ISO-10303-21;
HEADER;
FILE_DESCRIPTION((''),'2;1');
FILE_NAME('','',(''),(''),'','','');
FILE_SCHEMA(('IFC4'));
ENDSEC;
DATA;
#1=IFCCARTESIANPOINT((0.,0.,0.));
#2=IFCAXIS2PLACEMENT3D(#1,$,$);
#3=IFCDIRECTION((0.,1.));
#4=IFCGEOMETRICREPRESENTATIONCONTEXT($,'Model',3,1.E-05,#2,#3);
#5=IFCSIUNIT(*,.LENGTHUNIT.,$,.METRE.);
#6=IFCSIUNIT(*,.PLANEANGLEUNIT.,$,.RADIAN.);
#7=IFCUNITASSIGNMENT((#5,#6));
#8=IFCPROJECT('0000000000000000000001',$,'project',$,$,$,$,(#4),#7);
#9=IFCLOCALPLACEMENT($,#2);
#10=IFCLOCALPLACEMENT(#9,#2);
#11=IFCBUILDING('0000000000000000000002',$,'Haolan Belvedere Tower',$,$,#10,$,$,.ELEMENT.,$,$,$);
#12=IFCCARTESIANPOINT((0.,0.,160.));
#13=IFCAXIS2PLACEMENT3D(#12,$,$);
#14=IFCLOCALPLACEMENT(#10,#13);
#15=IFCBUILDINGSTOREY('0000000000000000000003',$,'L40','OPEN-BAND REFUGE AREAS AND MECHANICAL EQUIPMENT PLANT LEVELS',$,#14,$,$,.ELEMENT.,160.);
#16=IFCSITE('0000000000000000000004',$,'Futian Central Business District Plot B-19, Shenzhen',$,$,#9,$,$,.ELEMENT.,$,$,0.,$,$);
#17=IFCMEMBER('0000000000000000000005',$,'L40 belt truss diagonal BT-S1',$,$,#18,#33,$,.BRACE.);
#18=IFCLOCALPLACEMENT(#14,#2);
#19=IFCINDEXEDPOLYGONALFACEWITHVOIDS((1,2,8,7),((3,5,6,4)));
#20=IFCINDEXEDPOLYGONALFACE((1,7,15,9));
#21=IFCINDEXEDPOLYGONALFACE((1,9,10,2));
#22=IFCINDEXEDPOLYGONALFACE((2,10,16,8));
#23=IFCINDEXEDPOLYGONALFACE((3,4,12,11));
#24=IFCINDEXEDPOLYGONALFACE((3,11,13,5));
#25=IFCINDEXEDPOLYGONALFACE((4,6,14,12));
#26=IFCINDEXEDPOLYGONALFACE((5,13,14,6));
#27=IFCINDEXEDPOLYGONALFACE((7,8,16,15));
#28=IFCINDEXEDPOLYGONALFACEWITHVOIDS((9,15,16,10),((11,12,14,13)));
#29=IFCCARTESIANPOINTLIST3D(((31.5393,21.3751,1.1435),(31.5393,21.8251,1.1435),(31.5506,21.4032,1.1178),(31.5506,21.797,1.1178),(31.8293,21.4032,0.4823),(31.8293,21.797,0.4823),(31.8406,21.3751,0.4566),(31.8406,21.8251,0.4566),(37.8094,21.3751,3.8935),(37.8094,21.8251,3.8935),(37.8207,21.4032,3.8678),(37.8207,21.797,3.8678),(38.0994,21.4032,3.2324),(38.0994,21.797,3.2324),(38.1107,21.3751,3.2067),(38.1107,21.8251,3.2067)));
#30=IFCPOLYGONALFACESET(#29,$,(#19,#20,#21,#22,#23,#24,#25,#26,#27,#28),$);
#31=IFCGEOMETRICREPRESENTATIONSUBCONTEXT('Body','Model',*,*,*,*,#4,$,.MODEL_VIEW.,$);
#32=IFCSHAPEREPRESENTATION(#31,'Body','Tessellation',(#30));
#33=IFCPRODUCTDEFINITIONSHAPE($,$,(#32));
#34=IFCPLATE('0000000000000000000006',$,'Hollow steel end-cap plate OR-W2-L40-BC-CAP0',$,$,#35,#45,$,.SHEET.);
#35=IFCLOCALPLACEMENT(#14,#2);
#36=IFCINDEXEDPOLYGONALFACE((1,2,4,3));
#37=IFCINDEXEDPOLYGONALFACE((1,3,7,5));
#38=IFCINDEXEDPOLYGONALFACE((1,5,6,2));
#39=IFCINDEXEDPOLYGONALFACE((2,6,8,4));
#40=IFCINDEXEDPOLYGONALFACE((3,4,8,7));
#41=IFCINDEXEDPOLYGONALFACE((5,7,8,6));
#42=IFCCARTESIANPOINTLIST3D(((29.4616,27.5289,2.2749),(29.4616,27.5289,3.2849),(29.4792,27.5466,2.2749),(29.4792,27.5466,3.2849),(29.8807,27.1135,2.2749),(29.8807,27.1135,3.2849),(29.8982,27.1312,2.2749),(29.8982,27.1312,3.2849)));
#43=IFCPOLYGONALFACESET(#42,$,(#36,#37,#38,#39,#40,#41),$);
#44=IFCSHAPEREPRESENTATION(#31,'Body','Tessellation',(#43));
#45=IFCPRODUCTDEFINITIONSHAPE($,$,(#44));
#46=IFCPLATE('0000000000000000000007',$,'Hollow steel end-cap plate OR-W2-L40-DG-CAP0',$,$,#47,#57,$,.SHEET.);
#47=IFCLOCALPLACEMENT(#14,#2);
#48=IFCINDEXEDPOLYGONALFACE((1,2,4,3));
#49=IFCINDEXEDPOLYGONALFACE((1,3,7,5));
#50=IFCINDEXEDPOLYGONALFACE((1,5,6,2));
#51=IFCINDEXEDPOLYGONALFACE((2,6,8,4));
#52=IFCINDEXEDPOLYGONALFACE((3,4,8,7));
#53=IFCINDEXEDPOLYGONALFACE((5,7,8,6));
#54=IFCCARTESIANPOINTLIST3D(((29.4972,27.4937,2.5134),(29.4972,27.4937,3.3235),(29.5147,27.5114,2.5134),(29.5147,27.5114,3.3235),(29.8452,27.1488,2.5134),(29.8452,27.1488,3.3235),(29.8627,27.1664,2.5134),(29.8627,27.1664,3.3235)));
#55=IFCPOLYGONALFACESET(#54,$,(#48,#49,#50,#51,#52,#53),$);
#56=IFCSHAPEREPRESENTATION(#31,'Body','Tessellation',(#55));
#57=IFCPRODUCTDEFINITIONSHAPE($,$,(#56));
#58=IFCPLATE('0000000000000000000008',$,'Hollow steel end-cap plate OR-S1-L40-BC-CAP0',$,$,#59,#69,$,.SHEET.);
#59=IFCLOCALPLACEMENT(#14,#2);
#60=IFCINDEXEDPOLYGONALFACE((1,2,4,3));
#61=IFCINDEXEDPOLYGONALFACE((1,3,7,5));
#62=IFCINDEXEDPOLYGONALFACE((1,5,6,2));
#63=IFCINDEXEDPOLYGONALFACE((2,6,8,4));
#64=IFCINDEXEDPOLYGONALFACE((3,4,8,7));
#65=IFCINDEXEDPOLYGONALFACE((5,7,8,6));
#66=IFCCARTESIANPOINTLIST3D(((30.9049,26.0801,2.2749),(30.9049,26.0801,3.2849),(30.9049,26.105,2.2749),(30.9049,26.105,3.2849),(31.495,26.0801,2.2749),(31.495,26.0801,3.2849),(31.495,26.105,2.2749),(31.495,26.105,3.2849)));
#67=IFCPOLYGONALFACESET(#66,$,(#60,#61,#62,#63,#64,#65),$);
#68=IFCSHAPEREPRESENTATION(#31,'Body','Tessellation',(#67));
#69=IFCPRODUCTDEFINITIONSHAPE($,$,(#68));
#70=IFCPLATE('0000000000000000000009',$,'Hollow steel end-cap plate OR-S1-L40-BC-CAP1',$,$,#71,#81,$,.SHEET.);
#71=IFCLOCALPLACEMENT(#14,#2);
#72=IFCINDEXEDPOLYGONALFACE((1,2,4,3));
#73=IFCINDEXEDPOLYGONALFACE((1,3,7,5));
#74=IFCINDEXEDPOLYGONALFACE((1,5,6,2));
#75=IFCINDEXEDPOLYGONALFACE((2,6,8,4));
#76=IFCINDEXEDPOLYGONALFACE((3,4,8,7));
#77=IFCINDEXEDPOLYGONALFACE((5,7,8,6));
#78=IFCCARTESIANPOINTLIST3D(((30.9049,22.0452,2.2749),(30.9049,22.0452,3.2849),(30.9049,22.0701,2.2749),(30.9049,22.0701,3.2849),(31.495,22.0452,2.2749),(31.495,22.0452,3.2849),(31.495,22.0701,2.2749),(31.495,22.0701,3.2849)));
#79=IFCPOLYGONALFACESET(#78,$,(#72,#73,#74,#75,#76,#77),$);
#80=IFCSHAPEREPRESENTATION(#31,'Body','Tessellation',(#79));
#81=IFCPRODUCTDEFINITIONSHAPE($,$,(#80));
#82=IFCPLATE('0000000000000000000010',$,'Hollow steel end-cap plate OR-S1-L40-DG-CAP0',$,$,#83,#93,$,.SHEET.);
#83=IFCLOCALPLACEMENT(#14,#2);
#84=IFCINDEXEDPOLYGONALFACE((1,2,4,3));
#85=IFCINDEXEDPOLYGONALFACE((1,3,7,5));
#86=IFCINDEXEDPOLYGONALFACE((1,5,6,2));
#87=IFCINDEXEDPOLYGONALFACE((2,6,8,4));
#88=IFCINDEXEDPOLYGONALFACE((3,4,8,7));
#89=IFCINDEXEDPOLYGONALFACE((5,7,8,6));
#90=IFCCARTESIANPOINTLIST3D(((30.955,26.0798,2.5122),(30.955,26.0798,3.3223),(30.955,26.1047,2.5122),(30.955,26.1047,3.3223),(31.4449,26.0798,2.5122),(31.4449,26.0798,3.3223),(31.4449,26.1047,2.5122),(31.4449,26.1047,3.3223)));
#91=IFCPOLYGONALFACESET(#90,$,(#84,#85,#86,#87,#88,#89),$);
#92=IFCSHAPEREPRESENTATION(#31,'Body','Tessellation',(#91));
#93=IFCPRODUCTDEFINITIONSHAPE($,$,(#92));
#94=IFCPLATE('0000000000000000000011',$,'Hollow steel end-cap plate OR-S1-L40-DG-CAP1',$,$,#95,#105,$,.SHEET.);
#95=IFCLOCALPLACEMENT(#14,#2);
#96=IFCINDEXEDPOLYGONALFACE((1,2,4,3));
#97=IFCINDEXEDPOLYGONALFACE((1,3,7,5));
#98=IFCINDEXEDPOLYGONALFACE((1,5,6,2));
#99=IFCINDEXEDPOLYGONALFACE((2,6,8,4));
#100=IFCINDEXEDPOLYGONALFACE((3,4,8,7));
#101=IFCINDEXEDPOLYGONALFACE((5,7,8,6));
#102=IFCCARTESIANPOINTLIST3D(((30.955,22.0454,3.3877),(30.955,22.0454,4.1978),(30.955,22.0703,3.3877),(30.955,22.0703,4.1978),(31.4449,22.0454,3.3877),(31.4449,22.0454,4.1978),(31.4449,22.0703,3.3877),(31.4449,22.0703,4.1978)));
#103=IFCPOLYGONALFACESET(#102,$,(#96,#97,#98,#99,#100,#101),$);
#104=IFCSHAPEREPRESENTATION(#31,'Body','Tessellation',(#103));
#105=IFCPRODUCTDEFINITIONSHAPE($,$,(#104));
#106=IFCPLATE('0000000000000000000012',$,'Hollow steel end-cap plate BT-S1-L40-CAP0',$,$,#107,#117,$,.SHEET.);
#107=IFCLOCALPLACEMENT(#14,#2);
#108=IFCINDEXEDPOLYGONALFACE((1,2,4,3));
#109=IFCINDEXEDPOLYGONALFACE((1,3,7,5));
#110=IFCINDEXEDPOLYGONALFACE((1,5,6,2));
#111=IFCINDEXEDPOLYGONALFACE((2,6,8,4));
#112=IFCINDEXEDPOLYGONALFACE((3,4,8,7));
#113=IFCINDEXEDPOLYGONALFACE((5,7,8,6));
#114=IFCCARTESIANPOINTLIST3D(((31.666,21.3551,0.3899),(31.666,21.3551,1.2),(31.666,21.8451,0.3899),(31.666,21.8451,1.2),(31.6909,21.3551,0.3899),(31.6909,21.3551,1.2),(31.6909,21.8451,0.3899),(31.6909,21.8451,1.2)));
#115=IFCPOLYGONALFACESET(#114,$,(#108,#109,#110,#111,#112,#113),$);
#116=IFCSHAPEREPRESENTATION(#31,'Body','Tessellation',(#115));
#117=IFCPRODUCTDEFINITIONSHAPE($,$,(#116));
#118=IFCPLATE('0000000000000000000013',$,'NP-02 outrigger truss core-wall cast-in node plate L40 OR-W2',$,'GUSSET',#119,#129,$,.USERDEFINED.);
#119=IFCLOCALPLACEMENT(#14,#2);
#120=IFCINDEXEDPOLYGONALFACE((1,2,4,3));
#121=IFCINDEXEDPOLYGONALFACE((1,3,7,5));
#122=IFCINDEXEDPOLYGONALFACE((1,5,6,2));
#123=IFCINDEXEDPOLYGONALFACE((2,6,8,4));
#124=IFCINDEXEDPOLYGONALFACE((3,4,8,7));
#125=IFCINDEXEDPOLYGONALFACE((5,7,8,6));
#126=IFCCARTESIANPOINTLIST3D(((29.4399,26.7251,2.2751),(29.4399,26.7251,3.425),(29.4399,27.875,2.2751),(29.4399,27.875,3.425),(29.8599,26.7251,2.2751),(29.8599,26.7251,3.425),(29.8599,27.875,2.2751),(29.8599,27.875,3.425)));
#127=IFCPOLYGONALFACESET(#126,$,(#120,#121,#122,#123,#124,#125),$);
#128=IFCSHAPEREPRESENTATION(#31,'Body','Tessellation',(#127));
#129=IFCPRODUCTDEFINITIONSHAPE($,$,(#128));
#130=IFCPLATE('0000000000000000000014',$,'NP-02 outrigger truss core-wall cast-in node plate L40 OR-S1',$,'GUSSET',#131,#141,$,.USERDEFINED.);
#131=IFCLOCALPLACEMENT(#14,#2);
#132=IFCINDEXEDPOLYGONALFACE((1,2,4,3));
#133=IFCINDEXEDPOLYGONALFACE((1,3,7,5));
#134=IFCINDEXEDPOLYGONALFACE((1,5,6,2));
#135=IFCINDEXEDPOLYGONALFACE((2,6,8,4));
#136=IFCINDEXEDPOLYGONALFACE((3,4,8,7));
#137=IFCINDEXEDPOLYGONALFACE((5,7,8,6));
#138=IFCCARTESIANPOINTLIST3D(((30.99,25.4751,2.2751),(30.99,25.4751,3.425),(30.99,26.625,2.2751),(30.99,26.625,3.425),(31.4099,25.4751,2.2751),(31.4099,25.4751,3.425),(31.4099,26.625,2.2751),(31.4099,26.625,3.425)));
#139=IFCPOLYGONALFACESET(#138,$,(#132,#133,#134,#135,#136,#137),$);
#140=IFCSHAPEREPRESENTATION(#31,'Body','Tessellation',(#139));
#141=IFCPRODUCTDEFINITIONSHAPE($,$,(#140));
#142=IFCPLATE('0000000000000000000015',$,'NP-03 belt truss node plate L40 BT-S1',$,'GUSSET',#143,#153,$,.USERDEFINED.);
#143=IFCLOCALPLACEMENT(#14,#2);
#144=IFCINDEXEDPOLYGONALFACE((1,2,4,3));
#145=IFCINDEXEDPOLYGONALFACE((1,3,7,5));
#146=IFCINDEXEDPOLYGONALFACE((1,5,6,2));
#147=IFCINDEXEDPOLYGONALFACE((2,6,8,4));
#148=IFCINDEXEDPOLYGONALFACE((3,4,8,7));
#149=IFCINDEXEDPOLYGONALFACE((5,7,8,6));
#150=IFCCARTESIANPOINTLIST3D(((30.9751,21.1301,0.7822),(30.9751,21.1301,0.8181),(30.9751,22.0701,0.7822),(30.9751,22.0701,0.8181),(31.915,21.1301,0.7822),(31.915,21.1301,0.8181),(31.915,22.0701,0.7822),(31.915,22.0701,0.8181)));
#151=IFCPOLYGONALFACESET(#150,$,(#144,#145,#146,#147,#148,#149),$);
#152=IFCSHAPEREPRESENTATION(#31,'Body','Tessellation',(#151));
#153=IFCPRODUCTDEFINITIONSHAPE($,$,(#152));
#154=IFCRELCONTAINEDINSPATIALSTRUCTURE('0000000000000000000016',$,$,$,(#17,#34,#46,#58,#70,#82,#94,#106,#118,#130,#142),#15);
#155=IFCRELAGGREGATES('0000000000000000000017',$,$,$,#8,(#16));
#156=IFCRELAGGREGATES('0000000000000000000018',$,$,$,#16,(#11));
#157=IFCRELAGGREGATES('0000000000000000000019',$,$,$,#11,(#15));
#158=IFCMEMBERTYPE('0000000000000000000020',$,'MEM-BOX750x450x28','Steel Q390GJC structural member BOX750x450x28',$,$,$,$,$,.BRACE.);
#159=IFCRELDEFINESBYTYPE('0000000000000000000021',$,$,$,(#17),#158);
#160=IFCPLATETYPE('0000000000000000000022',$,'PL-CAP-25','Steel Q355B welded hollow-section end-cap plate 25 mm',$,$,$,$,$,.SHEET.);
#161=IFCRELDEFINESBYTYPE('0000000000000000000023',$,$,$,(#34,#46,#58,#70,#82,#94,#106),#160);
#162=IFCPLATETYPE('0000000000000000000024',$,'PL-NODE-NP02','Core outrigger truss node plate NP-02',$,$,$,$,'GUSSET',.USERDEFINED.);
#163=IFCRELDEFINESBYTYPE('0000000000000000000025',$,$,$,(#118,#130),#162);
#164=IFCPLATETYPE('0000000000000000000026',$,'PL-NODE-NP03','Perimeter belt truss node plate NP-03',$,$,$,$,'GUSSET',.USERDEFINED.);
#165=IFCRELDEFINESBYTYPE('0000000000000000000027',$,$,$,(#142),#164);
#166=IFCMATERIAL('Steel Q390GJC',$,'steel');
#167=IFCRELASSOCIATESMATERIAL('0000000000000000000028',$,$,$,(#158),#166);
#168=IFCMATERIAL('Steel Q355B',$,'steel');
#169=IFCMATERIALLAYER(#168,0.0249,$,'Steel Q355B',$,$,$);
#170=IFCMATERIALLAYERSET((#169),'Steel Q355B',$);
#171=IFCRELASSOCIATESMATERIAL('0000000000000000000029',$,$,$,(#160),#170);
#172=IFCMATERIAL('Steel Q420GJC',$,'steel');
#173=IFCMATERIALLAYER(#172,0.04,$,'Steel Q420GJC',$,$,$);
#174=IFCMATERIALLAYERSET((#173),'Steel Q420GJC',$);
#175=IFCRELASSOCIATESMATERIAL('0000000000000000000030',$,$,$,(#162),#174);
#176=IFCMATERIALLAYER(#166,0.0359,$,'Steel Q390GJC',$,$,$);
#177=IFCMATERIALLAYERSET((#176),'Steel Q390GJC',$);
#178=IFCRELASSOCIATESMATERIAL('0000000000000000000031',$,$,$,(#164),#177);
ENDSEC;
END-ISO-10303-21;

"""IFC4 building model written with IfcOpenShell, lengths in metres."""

from ifc_helpers import new_model, si_unit, direction, frame, origin, origin_2d, place, context, subcontext, project, spatial, rectangle, hollow_rectangle, extrude, material, layer, layer_set, material_profile, profile_set, type_object, element, save


model = new_model("IFC4")

# Units and contexts
model_context = context("Model", 3, precision=1e-05, world=origin(), true_north=direction((0.0, 1.0)))
body_context = subcontext(model_context, "Body", "Model", "MODEL_VIEW")
ifc_project = project(units=[si_unit("LENGTHUNIT", "METRE"), si_unit("PLANEANGLEUNIT", "RADIAN")], contexts=[model_context])

# Site, building, storey
site_placement = place(None, origin())
site = spatial("IfcSite", under=ifc_project, at=site_placement, Name="Futian Central Business District Plot B-19, Shenzhen", CompositionType="ELEMENT", RefElevation=0.0)
building_placement = place(site_placement, origin())
building = spatial("IfcBuilding", under=site, at=building_placement, Name="Haolan Belvedere Tower", CompositionType="ELEMENT")
storey_placement = place(building_placement, frame((0.0, 0.0, 160.0)))
storey = spatial("IfcBuildingStorey", under=building, at=storey_placement, Name="L40", Description="OPEN-BAND REFUGE AREAS AND MECHANICAL EQUIPMENT PLANT LEVELS", CompositionType="ELEMENT", Elevation=160.0)

# Shared definitions
ifc_material_1 = material(Name="Steel Q420GJC", Category="steel")

# Shared definitions
ifc_material_2 = material(Name="Steel Q355B", Category="steel")

# Member
ifc_material_3 = material(Name="Steel Q390GJC", Category="steel")
ifc_material_profile_1 = material_profile(ifc_material_3, hollow_rectangle(XDim=0.45, YDim=0.75, WallThickness=0.0281, at=origin_2d()), Name="Steel Q390GJC")
ifc_profile_set_1 = profile_set([ifc_material_profile_1], Name="Steel Q390GJC")
member_type = type_object("IfcMemberType", Name="MEM-BOX750x450x28", Description="Steel Q390GJC structural member BOX750x450x28", PredefinedType="BRACE", material=ifc_profile_set_1)
member_1_placement = place(storey_placement, frame((31.6899, 21.6001, 0.8), z_axis=(0.915789, 0.0, 0.40166), x_axis=(0.0, 1.0, 0.0)))
element("IfcMember", 1, at=member_1_placement, inside=storey, type_object=member_type, Name="L40 belt truss diagonal BT-S1", PredefinedType="BRACE", context=body_context, shape_type="SweptSolid", body=[
    extrude(hollow_rectangle(XDim=0.45, YDim=0.75, WallThickness=0.0281, at=origin_2d()), origin(), (0.0, 0.0, 1.0), 6.8467),
])

# Plates
ifc_layer_1 = layer(ifc_material_2, 0.0249, Name="Steel Q355B")
ifc_layer_set_1 = layer_set([ifc_layer_1], Name="Steel Q355B")
plate_type_1 = type_object("IfcPlateType", Name="PL-CAP-25", Description="Steel Q355B welded hollow-section end-cap plate 25 mm", PredefinedType="SHEET", material=ifc_layer_set_1)
plate_1_placement = place(storey_placement, frame((29.6799, 27.3301, 2.2749), z_axis=(0.0, 0.0, 1.0), x_axis=(-0.71021, 0.70399, 0.0)))
element("IfcPlate", 2, at=plate_1_placement, inside=storey, type_object=plate_type_1, Name="Hollow steel end-cap plate OR-W2-L40-BC-CAP0", PredefinedType="SHEET", context=body_context, shape_type="SweptSolid", body=[
    extrude(rectangle(XDim=0.5901, YDim=0.0249, at=origin_2d()), origin(), (0.0, 0.0, 1.0), 1.01),
])
plate_2_placement = place(storey_placement, frame((29.6799, 27.3301, 2.5134), z_axis=(0.0, 0.0, 1.0), x_axis=(-0.71021, 0.70399, 0.0)))
element("IfcPlate", 3, at=plate_2_placement, inside=storey, type_object=plate_type_1, Name="Hollow steel end-cap plate OR-W2-L40-DG-CAP0", PredefinedType="SHEET", context=body_context, shape_type="SweptSolid", body=[
    extrude(rectangle(XDim=0.49, YDim=0.0249, at=origin_2d()), origin(), (0.0, 0.0, 1.0), 0.8101),
])
for number, where, z_axis, x_axis, name in (
    (4, (31.2, 26.0925, 2.2749), (0.0, 0.0, 1.0), (-1.0, 0.0, 0.0), "Hollow steel end-cap plate OR-S1-L40-BC-CAP0"),
    (5, (31.2, 22.0576, 2.2749), (0.0, 0.0, 1.0), (1.0, 0.0, 0.0), "Hollow steel end-cap plate OR-S1-L40-BC-CAP1"),
):
    element("IfcPlate", number, at=place(storey_placement, frame(where, z_axis=z_axis, x_axis=x_axis)), inside=storey, type_object=plate_type_1, Name=name, PredefinedType="SHEET", context=body_context, shape_type="SweptSolid", body=[
        extrude(rectangle(XDim=0.5901, YDim=0.0249, at=origin_2d()), origin(), (0.0, 0.0, 1.0), 1.01),
    ])
for number, where, z_axis, x_axis, name in (
    (6, (31.2, 26.0923, 2.5122), (0.0, 0.0, 1.0), (-1.0, 0.0, 0.0), "Hollow steel end-cap plate OR-S1-L40-DG-CAP0"),
    (7, (31.2, 22.0579, 3.3877), (0.0, 0.0, 1.0), (1.0, 0.0, 0.0), "Hollow steel end-cap plate OR-S1-L40-DG-CAP1"),
    (8, (31.6785, 21.6001, 0.3899), (0.0, 0.0, 1.0), (0.0, -1.0, 0.0), "Hollow steel end-cap plate BT-S1-L40-CAP0"),
):
    element("IfcPlate", number, at=place(storey_placement, frame(where, z_axis=z_axis, x_axis=x_axis)), inside=storey, type_object=plate_type_1, Name=name, PredefinedType="SHEET", context=body_context, shape_type="SweptSolid", body=[
        extrude(rectangle(XDim=0.49, YDim=0.0249, at=origin_2d()), origin(), (0.0, 0.0, 1.0), 0.8101),
    ])
ifc_layer_2 = layer(ifc_material_1, 0.04, Name="Steel Q420GJC")
ifc_layer_set_2 = layer_set([ifc_layer_2], Name="Steel Q420GJC")
plate_type_2 = type_object("IfcPlateType", Name="PL-NODE-NP02", Description="Core outrigger truss node plate NP-02", ElementType="GUSSET", PredefinedType="USERDEFINED", material=ifc_layer_set_2)
for number, where, z_axis, x_axis, name in (
    (9, (29.6499, 27.3, 2.2751), (0.0, 0.0, 1.0), (1.0, 0.0, 0.0), "NP-02 outrigger truss core-wall cast-in node plate L40 OR-W2"),
    (10, (31.2, 26.05, 2.2751), (0.0, 0.0, 1.0), (1.0, 0.0, 0.0), "NP-02 outrigger truss core-wall cast-in node plate L40 OR-S1"),
):
    element("IfcPlate", number, at=place(storey_placement, frame(where, z_axis=z_axis, x_axis=x_axis)), inside=storey, type_object=plate_type_2, Name=name, ObjectType="GUSSET", PredefinedType="USERDEFINED", context=body_context, shape_type="SweptSolid", body=[
        extrude(rectangle(XDim=0.4199, YDim=1.1499, at=origin_2d()), origin(), (0.0, 0.0, 1.0), 1.1499),
    ])
ifc_layer_3 = layer(ifc_material_3, 0.0359, Name="Steel Q390GJC")
ifc_layer_set_3 = layer_set([ifc_layer_3], Name="Steel Q390GJC")
plate_type_3 = type_object("IfcPlateType", Name="PL-NODE-NP03", Description="Perimeter belt truss node plate NP-03", ElementType="GUSSET", PredefinedType="USERDEFINED", material=ifc_layer_set_3)
plate_3_placement = place(storey_placement, frame((31.4451, 21.6001, 0.7822), z_axis=(0.0, 0.0, 1.0), x_axis=(1.0, 0.0, 0.0)))
element("IfcPlate", 11, at=plate_3_placement, inside=storey, type_object=plate_type_3, Name="NP-03 belt truss node plate L40 BT-S1", ObjectType="GUSSET", PredefinedType="USERDEFINED", context=body_context, shape_type="SweptSolid", body=[
    extrude(rectangle(XDim=0.9399, YDim=0.9399, at=origin_2d()), origin(), (0.0, 0.0, 1.0), 0.0359),
])

save(model, "model.ifc")
